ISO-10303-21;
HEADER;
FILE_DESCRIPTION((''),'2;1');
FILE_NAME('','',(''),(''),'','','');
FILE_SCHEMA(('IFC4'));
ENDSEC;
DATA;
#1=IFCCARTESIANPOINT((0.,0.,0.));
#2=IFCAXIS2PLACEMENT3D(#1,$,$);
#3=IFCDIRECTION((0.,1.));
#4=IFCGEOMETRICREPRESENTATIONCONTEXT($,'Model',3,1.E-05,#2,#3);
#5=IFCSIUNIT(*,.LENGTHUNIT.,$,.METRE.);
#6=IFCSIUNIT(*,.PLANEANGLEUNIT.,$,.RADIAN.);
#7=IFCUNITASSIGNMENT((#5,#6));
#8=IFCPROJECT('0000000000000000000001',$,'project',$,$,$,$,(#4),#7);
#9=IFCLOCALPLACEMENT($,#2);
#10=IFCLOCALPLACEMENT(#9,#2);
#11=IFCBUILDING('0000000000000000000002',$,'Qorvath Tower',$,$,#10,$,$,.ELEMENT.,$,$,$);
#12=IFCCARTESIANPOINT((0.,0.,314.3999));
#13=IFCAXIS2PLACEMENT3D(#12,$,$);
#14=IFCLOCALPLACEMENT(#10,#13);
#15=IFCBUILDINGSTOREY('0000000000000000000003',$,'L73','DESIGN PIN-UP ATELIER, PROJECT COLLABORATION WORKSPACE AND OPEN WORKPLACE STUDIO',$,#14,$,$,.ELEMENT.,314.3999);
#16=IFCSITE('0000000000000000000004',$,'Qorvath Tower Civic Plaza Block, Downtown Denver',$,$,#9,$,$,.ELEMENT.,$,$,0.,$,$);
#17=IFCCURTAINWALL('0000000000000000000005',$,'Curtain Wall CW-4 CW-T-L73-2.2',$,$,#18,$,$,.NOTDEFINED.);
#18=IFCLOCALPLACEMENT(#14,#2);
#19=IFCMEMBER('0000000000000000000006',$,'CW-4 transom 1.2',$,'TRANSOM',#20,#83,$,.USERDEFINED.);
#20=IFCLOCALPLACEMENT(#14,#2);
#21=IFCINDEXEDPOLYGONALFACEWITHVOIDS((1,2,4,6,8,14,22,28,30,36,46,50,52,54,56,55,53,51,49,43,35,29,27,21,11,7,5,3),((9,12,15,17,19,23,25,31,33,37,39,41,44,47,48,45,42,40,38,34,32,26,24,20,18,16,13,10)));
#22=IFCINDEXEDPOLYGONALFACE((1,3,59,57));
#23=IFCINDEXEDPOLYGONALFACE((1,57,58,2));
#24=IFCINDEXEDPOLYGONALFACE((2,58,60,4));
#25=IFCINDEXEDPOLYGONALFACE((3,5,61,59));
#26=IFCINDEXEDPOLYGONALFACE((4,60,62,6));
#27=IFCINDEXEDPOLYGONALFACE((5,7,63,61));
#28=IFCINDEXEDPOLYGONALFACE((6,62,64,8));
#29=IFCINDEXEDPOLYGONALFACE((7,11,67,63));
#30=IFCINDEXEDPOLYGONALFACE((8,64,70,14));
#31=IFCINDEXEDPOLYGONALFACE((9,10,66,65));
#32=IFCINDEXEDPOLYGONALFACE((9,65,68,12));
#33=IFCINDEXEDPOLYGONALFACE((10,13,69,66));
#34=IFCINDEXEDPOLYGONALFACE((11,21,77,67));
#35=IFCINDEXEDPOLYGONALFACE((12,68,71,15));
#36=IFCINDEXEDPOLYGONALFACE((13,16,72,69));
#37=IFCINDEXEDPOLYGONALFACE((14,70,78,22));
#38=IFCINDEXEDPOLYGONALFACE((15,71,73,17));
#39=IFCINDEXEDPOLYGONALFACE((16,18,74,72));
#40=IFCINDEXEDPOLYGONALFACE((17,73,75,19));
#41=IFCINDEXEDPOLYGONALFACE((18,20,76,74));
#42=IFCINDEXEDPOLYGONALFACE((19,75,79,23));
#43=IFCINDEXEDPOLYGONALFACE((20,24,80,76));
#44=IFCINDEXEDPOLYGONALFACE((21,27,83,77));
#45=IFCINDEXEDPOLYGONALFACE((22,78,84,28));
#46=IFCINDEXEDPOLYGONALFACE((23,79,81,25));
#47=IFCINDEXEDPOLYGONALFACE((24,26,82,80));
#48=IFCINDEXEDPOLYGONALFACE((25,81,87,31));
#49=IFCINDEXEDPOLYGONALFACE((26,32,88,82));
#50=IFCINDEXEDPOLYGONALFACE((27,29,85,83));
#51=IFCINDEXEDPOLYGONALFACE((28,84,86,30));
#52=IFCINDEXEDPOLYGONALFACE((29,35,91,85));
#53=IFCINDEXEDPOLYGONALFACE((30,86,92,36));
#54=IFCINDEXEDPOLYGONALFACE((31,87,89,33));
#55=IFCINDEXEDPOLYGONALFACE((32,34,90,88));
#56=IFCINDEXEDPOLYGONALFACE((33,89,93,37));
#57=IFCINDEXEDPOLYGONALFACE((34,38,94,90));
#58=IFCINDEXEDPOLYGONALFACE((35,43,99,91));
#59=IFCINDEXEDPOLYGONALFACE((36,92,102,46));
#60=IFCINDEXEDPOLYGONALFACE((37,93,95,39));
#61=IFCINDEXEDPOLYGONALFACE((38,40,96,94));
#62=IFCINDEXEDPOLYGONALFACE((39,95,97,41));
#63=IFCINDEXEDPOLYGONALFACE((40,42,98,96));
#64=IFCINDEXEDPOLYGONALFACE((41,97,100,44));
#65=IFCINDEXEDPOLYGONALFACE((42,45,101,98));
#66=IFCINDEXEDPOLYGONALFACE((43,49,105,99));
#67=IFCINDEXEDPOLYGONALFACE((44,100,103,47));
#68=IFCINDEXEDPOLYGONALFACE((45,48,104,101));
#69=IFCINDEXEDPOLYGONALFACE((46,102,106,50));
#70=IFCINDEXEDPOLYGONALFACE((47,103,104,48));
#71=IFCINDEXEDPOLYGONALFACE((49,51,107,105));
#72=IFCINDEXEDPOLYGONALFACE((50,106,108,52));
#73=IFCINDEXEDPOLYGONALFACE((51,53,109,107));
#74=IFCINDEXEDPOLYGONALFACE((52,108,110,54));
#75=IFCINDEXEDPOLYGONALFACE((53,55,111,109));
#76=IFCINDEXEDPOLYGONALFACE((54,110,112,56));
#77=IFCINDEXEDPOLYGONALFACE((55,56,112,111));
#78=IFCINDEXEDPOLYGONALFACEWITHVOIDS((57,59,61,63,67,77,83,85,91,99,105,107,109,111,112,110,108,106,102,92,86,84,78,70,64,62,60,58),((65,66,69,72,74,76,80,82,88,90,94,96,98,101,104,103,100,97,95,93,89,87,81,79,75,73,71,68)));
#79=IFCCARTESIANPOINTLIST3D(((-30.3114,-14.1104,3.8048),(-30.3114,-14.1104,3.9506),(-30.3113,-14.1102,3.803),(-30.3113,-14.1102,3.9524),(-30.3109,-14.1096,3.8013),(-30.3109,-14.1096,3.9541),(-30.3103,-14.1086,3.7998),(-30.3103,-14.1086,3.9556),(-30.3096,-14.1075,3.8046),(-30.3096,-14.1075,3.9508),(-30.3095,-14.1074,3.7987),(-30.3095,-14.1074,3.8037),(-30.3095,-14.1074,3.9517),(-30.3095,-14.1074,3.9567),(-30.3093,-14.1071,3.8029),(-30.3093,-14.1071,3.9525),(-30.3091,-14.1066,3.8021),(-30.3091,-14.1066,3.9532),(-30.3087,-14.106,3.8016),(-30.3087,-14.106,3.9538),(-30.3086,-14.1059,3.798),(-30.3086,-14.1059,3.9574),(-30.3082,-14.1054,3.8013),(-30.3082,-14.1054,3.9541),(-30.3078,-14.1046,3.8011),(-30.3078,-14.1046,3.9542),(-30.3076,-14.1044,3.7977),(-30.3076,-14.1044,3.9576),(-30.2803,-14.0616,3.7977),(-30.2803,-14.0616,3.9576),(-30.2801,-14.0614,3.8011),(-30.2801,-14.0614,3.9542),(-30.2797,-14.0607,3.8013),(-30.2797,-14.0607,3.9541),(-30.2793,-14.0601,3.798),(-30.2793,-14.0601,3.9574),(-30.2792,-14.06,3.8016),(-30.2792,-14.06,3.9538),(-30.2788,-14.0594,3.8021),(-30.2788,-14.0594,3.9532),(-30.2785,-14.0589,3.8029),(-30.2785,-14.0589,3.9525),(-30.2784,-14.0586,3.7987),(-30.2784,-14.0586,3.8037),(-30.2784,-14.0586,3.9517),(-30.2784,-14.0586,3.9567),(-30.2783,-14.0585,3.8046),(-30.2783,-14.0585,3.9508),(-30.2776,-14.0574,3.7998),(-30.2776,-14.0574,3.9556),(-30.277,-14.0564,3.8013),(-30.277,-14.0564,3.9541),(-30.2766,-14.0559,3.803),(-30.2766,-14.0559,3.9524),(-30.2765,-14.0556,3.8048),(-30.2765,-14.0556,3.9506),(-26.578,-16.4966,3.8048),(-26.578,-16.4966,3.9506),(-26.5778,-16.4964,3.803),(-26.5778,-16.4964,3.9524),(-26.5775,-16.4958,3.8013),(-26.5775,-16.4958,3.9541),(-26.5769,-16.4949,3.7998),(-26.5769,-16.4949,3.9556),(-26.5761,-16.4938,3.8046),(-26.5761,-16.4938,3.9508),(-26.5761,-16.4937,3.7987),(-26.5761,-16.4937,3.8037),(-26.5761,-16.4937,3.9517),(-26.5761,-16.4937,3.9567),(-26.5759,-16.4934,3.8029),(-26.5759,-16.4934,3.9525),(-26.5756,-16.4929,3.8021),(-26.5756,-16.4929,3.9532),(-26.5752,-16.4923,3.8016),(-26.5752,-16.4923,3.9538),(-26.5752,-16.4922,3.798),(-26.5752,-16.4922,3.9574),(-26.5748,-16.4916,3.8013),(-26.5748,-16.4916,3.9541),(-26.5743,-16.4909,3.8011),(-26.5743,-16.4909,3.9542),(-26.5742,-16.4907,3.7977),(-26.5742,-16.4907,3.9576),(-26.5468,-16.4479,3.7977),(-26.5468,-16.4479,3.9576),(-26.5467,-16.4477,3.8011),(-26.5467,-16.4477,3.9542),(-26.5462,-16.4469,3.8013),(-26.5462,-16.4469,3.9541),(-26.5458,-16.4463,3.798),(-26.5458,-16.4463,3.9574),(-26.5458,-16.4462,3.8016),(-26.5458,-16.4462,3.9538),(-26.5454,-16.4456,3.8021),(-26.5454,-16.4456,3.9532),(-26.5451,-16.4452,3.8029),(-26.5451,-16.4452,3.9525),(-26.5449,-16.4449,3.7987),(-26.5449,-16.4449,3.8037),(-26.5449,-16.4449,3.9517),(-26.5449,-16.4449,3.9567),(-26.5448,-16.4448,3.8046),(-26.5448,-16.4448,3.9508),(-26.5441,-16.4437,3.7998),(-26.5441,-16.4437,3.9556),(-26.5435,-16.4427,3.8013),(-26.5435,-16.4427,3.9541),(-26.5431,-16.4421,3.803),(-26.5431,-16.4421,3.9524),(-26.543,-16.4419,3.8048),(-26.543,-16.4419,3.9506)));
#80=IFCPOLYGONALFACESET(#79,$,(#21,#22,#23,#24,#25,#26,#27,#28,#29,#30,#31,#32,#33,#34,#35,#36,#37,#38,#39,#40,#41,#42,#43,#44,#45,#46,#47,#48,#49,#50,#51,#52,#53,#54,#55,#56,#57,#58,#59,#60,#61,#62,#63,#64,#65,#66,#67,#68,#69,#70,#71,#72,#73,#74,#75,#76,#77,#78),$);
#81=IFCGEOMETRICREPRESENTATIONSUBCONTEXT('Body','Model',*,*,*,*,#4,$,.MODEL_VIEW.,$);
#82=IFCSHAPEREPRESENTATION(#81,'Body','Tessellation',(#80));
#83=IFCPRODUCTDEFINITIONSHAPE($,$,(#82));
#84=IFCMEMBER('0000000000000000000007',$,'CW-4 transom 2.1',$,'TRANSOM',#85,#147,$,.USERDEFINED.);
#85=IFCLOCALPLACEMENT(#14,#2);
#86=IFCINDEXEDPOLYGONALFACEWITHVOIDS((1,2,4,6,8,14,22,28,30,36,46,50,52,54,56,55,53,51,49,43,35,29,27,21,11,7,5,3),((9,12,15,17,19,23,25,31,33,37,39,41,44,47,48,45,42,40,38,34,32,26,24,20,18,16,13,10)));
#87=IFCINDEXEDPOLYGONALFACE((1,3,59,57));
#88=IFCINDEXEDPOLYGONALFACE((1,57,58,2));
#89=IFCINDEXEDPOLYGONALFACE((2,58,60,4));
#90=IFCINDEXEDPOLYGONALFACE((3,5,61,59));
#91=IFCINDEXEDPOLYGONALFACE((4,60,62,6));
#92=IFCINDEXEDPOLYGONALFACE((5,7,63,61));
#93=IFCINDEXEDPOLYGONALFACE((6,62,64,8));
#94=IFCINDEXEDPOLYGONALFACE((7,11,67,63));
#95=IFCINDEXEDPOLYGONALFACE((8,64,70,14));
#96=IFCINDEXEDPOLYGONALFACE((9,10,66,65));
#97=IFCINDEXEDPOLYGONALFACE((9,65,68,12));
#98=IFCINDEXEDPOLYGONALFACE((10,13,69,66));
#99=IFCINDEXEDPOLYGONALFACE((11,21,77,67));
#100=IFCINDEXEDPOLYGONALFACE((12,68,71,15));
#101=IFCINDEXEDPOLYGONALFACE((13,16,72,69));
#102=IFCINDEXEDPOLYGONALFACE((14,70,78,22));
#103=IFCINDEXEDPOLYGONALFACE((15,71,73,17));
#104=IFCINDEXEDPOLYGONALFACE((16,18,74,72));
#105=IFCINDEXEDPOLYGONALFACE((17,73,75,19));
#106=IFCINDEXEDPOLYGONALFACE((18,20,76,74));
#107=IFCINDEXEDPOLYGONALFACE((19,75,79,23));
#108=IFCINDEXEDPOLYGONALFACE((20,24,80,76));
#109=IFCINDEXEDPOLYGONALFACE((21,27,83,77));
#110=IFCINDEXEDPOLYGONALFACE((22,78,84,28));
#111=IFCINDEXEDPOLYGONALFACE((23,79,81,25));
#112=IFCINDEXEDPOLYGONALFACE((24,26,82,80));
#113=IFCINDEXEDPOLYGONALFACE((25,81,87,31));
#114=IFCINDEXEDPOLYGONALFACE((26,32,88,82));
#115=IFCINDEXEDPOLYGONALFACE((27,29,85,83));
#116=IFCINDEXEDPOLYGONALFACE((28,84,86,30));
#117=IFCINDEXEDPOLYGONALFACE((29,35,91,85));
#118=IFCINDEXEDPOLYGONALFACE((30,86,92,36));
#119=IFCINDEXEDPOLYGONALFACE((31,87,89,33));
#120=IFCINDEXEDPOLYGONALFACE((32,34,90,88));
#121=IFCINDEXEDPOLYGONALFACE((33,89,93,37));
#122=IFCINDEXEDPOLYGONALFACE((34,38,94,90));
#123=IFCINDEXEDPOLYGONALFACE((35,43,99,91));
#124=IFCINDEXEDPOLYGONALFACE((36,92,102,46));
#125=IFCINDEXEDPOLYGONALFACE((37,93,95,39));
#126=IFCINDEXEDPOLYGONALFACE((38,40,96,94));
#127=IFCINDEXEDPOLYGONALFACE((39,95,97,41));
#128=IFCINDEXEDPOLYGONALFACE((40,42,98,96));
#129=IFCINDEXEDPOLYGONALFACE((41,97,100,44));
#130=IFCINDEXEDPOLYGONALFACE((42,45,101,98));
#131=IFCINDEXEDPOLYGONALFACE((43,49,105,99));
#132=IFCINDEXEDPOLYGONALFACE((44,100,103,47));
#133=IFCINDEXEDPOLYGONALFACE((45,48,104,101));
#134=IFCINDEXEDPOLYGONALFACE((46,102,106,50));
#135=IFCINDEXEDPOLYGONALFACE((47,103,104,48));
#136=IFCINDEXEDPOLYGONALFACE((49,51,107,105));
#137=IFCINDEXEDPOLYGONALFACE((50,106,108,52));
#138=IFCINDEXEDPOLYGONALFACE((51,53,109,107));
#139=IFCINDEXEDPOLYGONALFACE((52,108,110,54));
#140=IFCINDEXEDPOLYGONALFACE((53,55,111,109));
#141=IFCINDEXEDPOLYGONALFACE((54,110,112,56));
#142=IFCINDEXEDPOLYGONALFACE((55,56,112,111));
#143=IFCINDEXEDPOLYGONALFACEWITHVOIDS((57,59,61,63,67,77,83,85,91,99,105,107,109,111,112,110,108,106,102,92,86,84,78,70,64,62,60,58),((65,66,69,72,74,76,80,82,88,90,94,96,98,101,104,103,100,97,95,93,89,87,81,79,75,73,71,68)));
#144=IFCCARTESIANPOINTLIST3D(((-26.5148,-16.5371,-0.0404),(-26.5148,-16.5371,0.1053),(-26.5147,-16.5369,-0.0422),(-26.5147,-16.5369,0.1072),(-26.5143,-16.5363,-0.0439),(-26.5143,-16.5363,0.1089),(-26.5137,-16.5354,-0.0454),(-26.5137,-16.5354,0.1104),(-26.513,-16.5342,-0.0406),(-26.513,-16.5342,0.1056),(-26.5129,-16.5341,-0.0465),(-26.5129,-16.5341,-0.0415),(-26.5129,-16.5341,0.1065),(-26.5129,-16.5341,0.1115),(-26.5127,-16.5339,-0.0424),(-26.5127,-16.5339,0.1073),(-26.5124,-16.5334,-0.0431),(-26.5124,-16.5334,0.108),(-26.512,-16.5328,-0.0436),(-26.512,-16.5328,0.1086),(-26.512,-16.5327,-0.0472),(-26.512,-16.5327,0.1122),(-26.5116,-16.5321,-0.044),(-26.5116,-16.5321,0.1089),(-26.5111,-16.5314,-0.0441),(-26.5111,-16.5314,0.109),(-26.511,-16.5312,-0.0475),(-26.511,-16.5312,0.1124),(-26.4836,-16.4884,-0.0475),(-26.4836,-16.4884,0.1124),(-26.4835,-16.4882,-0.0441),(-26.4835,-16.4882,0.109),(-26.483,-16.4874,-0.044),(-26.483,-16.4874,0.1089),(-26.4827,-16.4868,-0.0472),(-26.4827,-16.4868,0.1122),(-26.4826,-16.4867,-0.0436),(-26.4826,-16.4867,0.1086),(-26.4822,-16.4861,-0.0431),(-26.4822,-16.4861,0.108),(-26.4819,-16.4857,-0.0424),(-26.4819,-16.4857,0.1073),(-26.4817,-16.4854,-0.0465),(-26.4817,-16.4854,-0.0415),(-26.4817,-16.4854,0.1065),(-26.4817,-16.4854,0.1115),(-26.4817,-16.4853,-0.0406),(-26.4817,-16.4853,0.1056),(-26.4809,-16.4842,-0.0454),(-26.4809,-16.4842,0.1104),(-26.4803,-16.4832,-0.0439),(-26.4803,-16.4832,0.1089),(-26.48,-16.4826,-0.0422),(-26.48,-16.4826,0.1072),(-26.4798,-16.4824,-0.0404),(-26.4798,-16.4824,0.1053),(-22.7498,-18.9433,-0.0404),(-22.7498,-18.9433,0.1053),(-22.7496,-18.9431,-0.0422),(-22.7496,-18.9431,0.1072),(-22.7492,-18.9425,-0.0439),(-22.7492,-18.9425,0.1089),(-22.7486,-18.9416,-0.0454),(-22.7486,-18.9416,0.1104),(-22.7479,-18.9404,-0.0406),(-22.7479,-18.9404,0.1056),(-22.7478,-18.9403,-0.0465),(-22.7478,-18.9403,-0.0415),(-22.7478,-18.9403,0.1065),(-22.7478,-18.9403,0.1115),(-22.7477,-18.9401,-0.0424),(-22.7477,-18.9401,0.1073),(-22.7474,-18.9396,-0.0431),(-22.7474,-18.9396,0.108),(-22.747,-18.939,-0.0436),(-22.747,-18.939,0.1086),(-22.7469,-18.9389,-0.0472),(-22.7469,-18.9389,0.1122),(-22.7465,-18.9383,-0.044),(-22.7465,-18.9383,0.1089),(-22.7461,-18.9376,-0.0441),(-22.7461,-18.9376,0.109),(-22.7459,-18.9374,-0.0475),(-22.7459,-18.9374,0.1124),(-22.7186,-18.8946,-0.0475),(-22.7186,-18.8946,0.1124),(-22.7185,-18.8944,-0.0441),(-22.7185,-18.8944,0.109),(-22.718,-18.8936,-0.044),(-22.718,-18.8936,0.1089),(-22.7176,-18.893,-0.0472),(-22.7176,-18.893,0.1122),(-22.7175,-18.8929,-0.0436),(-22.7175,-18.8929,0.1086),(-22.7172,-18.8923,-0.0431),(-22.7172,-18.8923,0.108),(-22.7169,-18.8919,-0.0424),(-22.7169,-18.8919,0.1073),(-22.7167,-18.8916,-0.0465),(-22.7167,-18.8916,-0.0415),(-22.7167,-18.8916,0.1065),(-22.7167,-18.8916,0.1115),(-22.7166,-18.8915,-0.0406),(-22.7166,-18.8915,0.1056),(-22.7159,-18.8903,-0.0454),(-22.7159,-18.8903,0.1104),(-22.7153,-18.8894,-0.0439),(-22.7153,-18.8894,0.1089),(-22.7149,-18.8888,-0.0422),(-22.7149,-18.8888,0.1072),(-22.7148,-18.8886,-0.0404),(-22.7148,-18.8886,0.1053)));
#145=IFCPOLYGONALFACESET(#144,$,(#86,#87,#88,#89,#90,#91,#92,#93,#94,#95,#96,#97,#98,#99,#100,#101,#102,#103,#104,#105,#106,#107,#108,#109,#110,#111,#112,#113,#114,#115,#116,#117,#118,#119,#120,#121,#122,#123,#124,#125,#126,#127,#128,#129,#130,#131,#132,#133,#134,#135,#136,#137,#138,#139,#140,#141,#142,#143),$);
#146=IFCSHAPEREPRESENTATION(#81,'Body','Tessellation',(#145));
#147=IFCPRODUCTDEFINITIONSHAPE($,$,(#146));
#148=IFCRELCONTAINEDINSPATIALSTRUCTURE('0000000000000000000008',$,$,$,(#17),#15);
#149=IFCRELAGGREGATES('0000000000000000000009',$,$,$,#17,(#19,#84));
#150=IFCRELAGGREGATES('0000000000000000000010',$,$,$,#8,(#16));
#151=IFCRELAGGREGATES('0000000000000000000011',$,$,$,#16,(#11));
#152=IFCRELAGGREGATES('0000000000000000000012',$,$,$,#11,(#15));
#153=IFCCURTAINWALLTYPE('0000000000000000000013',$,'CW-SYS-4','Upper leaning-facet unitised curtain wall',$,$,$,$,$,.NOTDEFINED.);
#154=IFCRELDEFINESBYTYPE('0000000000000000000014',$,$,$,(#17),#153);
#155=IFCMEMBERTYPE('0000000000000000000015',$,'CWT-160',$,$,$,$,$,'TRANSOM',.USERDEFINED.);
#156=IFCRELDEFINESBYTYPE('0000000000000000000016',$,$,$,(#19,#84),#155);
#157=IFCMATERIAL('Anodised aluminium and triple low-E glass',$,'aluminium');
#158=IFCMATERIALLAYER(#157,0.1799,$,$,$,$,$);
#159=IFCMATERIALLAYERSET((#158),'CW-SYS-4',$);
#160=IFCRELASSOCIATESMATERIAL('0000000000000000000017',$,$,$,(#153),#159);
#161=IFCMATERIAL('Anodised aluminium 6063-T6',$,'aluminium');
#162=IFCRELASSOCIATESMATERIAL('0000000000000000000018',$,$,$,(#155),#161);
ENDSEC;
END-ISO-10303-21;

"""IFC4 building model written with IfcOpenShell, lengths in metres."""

from ifc_helpers import new_model, si_unit, direction, frame, origin, origin_2d, place, context, subcontext, project, spatial, hollow_rectangle, extrude, material, layer, layer_set, material_profile, profile_set, type_object, element, aggregate, save


model = new_model("IFC4")

# Units and contexts
model_context = context("Model", 3, precision=1e-05, world=origin(), true_north=direction((0.0, 1.0)))
body_context = subcontext(model_context, "Body", "Model", "MODEL_VIEW")
ifc_project = project(units=[si_unit("LENGTHUNIT", "METRE"), si_unit("PLANEANGLEUNIT", "RADIAN")], contexts=[model_context])

# Site, building, storey
site_placement = place(None, origin())
site = spatial("IfcSite", under=ifc_project, at=site_placement, Name="Qorvath Tower Civic Plaza Block, Downtown Denver", CompositionType="ELEMENT", RefElevation=0.0)
building_placement = place(site_placement, origin())
building = spatial("IfcBuilding", under=site, at=building_placement, Name="Qorvath Tower", CompositionType="ELEMENT")
storey_placement = place(building_placement, frame((0.0, 0.0, 314.3999)))
storey = spatial("IfcBuildingStorey", under=building, at=storey_placement, Name="L73", Description="DESIGN PIN-UP ATELIER, PROJECT COLLABORATION WORKSPACE AND OPEN WORKPLACE STUDIO", CompositionType="ELEMENT", Elevation=314.3999)

# Curtain wall, members
ifc_material_1 = material(Name="Anodised aluminium and triple low-E glass", Category="aluminium")
ifc_layer_1 = layer(ifc_material_1, 0.1799)
ifc_layer_set_1 = layer_set([ifc_layer_1], Name="CW-SYS-4")
curtain_wall_type = type_object("IfcCurtainWallType", Name="CW-SYS-4", Description="Upper leaning-facet unitised curtain wall", PredefinedType="NOTDEFINED", material=ifc_layer_set_1)
curtain_wall_placement = place(storey_placement, origin())
curtain_wall = element("IfcCurtainWall", 1, at=curtain_wall_placement, inside=storey, type_object=curtain_wall_type, Name="Curtain Wall CW-4 CW-T-L73-2.2", PredefinedType="NOTDEFINED")
ifc_material_2 = material(Name="Anodised aluminium 6063-T6", Category="aluminium")
ifc_material_profile_1 = material_profile(ifc_material_2, hollow_rectangle(XDim=0.0649, YDim=0.1599, WallThickness=0.0034, InnerFilletRadius=0.0034, OuterFilletRadius=0.0071, at=origin_2d()), Name="CWT 160x65")
ifc_profile_set_1 = profile_set([ifc_material_profile_1], Name="Anodised aluminium 6063-T6")
member_type_1 = type_object("IfcMemberType", Name="CWT-160", ElementType="TRANSOM", PredefinedType="USERDEFINED", material=ifc_profile_set_1)
member_1_placement = place(storey_placement, frame((-30.2939, -14.083, 3.8777), z_axis=(0.842593, -0.53855, 0.0), x_axis=(0.53855, 0.842593, 0.0)))
member_1 = element("IfcMember", 2, at=member_1_placement, type_object=member_type_1, Name="CW-4 transom 1.2", ObjectType="TRANSOM", PredefinedType="USERDEFINED", context=body_context, shape_type="SweptSolid", body=[
    extrude(hollow_rectangle(XDim=0.0649, YDim=0.1599, WallThickness=0.0034, InnerFilletRadius=0.0034, OuterFilletRadius=0.0071, at=origin_2d()), origin(), (0.0, 0.0, 1.0), 4.4309),
])
member_2_placement = place(storey_placement, frame((-26.4973, -16.5098, 0.0325), z_axis=(0.842621, -0.538508, 0.0), x_axis=(0.538508, 0.842621, 0.0)))
member_2 = element("IfcMember", 3, at=member_2_placement, type_object=member_type_1, Name="CW-4 transom 2.1", ObjectType="TRANSOM", PredefinedType="USERDEFINED", context=body_context, shape_type="SweptSolid", body=[
    extrude(hollow_rectangle(XDim=0.0649, YDim=0.1599, WallThickness=0.0034, InnerFilletRadius=0.0034, OuterFilletRadius=0.0071, at=origin_2d()), origin(), (0.0, 0.0, 1.0), 4.4683),
])
aggregate(curtain_wall, [member_1, member_2])

save(model, "model.ifc")
